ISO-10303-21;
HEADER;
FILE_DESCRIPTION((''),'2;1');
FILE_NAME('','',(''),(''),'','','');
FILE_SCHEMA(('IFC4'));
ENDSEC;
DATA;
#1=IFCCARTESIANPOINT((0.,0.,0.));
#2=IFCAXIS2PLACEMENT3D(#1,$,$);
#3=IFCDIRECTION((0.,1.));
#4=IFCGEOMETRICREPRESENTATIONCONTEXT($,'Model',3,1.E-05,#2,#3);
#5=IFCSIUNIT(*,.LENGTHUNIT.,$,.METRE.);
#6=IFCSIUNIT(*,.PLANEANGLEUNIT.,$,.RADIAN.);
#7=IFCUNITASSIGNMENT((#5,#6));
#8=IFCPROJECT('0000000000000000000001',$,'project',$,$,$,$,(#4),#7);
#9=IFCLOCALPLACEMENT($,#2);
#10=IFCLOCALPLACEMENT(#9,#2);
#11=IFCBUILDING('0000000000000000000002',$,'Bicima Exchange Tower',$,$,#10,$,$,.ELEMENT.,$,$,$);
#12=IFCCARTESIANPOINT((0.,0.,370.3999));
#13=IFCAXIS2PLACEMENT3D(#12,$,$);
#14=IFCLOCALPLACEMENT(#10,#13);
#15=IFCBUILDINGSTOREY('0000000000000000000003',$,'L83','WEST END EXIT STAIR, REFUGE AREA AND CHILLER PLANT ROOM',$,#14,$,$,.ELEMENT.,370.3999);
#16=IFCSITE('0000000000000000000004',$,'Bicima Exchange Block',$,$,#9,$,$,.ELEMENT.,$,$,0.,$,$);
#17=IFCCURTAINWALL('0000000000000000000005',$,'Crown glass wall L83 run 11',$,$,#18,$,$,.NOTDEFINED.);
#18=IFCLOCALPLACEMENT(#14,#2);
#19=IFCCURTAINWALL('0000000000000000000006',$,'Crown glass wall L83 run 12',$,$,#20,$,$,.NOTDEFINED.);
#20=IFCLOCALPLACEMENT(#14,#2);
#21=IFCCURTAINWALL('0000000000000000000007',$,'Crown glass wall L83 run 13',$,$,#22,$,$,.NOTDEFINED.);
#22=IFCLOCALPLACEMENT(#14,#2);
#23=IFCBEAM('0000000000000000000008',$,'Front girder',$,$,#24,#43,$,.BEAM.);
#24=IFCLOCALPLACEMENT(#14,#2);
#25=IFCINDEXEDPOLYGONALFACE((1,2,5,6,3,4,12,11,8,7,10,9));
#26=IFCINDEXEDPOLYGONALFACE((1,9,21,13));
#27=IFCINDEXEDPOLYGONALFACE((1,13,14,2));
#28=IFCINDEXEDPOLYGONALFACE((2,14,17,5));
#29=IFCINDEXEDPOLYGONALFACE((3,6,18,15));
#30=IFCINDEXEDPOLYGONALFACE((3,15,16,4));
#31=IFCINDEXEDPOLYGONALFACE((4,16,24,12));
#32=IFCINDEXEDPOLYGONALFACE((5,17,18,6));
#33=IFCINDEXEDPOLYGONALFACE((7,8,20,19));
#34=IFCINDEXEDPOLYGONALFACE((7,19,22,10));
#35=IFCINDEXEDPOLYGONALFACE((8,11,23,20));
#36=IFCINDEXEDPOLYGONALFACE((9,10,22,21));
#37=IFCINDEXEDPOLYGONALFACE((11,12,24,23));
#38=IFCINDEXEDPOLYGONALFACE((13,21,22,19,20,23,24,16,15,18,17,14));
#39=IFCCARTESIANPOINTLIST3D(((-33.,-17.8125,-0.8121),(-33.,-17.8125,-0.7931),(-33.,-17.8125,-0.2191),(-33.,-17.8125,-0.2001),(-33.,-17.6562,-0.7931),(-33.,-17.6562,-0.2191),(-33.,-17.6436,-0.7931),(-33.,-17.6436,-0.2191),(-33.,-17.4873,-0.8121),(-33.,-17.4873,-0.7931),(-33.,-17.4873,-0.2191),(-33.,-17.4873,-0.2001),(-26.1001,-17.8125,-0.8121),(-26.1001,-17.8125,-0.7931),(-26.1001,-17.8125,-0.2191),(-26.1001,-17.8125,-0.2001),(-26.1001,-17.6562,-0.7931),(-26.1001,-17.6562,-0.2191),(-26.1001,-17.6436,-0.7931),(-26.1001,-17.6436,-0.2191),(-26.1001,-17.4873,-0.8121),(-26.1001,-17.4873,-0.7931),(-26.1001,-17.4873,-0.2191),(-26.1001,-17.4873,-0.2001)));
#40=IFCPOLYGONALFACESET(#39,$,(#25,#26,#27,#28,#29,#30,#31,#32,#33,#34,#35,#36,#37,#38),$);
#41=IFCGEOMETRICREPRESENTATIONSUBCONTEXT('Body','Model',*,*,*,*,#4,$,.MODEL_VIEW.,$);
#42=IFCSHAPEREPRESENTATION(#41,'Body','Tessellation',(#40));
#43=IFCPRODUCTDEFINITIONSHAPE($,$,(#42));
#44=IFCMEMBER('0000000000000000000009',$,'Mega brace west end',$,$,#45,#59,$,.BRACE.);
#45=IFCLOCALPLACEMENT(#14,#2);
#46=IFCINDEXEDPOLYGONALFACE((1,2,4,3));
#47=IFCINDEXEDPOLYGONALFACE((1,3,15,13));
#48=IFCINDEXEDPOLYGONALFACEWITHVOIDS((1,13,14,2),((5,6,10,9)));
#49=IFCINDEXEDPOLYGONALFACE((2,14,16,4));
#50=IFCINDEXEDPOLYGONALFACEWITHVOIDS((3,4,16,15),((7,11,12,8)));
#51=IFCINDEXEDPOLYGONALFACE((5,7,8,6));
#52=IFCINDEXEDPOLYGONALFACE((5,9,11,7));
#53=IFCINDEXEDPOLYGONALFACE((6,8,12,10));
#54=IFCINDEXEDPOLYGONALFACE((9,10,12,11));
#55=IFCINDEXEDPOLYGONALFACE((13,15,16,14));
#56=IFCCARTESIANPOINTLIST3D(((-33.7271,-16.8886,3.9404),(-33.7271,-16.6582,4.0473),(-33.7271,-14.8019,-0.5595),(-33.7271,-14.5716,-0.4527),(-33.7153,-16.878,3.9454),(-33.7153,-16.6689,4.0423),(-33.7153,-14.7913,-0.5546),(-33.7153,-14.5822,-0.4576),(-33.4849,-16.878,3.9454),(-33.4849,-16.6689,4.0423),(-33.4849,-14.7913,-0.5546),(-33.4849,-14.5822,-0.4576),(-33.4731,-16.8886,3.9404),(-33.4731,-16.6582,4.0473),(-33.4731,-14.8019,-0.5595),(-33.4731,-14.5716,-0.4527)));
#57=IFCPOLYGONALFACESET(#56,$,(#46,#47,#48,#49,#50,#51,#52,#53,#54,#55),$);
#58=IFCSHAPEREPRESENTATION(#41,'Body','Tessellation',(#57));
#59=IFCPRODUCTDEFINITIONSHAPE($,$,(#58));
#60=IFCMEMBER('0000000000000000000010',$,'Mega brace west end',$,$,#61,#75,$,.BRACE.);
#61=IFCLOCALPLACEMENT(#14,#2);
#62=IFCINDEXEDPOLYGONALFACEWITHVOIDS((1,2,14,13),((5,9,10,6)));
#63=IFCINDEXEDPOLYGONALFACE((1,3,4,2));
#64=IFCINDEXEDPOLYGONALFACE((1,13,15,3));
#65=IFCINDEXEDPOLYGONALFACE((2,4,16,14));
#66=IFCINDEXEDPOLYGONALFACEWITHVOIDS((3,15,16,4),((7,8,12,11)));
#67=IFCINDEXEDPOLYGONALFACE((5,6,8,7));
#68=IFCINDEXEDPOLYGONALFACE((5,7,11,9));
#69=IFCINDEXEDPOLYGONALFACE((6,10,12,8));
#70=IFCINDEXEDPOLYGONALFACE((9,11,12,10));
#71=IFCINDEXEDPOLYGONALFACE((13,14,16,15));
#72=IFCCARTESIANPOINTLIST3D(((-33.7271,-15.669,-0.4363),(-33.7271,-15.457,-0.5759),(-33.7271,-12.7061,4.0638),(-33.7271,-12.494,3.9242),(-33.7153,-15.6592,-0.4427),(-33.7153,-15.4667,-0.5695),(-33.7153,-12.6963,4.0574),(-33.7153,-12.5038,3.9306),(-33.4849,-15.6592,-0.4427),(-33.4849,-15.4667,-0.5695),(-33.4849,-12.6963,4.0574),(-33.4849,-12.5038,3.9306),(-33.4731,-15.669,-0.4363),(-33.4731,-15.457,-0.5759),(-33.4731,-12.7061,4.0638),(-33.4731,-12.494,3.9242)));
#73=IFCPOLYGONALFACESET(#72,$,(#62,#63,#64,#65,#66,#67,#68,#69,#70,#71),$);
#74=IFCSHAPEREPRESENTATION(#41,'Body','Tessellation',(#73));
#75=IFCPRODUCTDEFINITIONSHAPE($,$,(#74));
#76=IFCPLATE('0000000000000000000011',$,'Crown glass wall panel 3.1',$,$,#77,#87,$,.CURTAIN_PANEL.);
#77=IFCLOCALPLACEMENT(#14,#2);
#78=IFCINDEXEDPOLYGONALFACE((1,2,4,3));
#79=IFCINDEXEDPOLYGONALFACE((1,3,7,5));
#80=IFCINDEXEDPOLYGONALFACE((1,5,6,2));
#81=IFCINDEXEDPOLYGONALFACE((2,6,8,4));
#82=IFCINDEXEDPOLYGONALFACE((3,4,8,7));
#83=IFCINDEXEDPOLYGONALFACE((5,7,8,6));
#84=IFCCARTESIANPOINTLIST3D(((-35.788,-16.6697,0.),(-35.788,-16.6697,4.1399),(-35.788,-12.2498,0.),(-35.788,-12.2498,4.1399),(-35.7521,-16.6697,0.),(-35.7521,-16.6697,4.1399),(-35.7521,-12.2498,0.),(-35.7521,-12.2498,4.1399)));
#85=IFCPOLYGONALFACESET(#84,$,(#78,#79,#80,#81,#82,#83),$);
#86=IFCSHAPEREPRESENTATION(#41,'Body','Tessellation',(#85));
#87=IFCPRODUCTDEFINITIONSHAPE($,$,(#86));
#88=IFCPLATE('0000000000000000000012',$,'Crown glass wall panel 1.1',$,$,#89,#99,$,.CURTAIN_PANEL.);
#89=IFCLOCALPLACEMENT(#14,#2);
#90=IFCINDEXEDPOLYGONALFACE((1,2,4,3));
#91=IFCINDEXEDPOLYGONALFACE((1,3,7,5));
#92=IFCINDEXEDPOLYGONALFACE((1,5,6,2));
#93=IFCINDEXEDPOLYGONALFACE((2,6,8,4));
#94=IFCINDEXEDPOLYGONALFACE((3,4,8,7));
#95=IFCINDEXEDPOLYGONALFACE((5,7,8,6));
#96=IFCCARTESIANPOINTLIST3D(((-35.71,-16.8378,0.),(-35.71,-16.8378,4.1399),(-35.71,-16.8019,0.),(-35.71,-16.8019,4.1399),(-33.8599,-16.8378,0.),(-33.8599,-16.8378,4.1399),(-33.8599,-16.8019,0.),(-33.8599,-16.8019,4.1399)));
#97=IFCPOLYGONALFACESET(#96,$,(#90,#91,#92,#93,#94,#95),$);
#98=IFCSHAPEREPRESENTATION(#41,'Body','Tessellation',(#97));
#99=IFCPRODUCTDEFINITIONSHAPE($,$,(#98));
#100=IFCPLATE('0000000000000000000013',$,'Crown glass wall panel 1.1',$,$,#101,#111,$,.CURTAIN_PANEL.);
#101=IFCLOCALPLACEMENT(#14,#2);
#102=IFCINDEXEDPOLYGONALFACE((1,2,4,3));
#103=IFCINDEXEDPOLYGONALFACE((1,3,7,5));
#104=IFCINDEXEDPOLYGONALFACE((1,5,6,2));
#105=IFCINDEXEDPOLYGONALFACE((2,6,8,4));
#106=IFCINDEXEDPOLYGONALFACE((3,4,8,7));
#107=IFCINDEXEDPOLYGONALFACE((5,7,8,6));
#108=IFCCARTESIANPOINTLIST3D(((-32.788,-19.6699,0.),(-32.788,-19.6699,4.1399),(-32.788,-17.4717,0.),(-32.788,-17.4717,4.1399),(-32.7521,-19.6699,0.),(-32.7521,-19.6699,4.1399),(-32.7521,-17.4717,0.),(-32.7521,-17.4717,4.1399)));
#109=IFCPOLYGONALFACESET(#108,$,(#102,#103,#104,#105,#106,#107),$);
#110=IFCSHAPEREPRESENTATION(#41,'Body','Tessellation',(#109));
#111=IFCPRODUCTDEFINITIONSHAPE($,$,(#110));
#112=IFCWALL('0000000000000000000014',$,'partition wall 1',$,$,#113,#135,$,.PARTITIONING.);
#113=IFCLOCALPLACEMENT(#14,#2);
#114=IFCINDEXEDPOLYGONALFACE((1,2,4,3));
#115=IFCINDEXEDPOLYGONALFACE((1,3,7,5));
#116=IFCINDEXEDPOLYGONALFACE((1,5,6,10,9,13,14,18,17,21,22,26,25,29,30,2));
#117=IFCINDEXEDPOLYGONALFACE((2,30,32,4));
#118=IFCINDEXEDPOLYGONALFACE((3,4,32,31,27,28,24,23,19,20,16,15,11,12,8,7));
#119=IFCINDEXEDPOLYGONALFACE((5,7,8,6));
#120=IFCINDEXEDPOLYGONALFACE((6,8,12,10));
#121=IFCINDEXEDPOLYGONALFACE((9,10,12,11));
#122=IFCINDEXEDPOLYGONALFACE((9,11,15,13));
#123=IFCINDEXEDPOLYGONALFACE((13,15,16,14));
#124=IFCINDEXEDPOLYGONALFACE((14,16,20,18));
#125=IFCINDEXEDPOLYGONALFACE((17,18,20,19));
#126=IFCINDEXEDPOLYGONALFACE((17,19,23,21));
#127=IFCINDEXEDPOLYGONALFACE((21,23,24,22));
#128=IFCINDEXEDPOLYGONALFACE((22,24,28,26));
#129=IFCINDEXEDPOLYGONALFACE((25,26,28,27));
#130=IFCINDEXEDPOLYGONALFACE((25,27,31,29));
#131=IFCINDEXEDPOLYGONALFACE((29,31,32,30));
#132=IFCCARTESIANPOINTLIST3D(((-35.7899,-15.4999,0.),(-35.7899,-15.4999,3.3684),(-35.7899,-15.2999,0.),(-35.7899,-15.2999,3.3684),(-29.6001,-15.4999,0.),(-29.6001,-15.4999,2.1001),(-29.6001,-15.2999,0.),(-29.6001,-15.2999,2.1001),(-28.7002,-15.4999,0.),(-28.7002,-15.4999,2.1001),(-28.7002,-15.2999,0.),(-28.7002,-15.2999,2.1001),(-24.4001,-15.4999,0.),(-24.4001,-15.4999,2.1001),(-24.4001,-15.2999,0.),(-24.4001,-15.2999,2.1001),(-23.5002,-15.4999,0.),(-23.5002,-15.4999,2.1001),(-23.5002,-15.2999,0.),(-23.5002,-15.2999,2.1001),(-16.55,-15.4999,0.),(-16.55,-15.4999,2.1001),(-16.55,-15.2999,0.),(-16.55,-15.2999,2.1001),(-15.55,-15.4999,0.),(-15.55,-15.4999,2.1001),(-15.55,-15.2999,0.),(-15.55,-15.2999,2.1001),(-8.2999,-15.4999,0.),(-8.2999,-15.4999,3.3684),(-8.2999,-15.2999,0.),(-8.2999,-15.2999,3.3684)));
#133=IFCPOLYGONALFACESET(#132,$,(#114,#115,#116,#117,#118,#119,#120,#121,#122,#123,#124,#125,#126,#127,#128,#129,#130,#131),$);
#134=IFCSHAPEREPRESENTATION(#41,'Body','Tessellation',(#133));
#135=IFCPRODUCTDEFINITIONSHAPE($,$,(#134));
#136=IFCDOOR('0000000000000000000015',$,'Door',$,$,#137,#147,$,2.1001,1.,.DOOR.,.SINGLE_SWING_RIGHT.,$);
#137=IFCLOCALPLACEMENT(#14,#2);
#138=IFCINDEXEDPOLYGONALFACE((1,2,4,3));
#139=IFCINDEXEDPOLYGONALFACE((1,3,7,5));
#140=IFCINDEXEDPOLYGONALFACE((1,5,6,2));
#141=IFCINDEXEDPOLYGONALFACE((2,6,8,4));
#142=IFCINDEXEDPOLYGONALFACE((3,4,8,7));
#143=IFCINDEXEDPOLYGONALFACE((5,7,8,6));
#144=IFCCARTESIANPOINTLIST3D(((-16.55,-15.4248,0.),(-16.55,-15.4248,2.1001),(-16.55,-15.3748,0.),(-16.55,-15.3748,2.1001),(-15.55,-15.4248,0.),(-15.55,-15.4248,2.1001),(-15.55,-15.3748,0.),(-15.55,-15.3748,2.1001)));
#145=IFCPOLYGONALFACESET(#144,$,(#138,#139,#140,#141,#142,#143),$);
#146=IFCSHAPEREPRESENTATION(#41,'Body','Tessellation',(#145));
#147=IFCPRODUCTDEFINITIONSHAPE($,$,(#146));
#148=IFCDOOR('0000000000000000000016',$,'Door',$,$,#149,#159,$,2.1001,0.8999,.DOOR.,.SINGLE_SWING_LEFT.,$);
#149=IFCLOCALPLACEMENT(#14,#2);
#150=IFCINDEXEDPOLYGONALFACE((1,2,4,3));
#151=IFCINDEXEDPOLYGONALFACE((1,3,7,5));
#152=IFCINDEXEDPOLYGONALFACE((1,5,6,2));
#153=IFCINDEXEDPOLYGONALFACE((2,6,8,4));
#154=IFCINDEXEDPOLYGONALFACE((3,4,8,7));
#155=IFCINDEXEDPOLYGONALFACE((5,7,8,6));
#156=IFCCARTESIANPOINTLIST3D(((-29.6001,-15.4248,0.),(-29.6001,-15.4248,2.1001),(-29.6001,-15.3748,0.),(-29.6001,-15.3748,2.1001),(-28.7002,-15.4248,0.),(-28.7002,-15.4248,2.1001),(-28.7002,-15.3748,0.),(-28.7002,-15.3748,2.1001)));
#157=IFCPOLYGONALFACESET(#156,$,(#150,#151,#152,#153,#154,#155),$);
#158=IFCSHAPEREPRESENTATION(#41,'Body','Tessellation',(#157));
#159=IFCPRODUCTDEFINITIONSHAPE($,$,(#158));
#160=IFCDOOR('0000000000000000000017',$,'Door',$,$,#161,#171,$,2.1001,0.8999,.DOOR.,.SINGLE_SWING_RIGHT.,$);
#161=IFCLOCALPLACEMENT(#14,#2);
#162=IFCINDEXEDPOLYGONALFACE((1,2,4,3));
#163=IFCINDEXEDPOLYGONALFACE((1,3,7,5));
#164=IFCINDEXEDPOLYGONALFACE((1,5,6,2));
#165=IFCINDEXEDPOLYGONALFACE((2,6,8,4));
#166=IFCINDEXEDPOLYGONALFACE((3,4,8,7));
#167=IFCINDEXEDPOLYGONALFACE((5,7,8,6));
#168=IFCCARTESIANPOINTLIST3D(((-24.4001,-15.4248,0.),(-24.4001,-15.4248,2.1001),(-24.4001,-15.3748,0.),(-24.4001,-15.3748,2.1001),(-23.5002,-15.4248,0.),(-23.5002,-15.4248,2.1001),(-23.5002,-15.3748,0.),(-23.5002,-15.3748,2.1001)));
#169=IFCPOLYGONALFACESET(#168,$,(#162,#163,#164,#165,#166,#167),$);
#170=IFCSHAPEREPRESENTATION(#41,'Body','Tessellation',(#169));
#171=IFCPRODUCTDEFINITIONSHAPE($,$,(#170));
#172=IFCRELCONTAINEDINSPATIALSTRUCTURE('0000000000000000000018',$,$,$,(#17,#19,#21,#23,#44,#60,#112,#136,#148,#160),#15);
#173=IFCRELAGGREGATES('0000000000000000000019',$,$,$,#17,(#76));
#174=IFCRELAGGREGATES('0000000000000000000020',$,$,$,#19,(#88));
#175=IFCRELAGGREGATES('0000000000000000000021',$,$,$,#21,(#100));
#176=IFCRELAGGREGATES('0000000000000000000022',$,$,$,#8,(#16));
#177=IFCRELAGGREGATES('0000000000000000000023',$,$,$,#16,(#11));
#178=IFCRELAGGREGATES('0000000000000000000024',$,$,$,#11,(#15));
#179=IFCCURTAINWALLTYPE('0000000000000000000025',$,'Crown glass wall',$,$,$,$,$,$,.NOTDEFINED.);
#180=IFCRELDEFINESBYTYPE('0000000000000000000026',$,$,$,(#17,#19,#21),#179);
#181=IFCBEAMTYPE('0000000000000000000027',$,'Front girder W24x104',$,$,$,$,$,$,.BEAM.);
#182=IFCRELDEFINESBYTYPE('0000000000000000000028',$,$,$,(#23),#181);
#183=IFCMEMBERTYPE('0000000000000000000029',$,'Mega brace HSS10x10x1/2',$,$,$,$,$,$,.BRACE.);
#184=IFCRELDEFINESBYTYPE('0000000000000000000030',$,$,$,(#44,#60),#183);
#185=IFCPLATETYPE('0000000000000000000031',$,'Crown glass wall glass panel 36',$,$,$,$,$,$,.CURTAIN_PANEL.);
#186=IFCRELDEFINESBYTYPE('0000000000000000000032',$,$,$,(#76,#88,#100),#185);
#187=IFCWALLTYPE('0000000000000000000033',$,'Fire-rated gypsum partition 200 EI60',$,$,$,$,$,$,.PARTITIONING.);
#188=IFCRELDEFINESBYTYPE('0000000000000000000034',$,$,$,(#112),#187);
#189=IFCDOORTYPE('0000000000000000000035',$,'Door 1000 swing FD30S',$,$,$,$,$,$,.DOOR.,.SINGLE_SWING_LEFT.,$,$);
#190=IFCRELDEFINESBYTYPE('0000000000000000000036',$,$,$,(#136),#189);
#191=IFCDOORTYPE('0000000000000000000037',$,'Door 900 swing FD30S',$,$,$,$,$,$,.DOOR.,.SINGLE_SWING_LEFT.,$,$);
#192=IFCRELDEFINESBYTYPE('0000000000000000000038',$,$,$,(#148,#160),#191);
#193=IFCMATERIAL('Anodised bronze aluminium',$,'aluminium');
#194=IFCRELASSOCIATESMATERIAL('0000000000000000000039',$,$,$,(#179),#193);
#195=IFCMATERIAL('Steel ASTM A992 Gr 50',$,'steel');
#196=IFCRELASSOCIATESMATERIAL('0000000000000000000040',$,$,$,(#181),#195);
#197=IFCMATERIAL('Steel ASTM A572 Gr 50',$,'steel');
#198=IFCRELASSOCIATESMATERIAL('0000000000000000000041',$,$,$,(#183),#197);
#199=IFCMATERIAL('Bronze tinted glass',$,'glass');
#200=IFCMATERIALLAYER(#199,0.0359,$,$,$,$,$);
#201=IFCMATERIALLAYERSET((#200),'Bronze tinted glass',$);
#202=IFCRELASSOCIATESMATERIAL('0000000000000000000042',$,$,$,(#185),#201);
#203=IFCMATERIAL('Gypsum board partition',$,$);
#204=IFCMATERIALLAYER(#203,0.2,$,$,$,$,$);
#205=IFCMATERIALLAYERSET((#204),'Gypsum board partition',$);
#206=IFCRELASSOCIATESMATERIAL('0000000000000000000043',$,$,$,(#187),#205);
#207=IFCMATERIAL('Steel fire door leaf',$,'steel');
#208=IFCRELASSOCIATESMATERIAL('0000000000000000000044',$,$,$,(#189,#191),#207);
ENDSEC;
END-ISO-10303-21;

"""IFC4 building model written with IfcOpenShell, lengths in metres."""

from ifc_helpers import new_model, si_unit, direction, frame, frame_2d, origin, origin_2d, place, context, subcontext, project, spatial, rectangle, hollow_rectangle, i_section, extrude, material, layer, layer_set, material_profile, profile_set, type_object, element, fill, aggregate, save


model = new_model("IFC4")

# Units and contexts
model_context = context("Model", 3, precision=1e-05, world=origin(), true_north=direction((0.0, 1.0)))
body_context = subcontext(model_context, "Body", "Model", "MODEL_VIEW")
ifc_project = project(units=[si_unit("LENGTHUNIT", "METRE"), si_unit("PLANEANGLEUNIT", "RADIAN")], contexts=[model_context])

# Site, building, storey
site_placement = place(None, origin())
site = spatial("IfcSite", under=ifc_project, at=site_placement, Name="Bicima Exchange Block", CompositionType="ELEMENT", RefElevation=0.0)
building_placement = place(site_placement, origin())
building = spatial("IfcBuilding", under=site, at=building_placement, Name="Bicima Exchange Tower", CompositionType="ELEMENT")
storey_placement = place(building_placement, frame((0.0, 0.0, 370.3999)))
storey = spatial("IfcBuildingStorey", under=building, at=storey_placement, Name="L83", Description="WEST END EXIT STAIR, REFUGE AREA AND CHILLER PLANT ROOM", CompositionType="ELEMENT", Elevation=370.3999)

# Shared definitions
ifc_material_1 = material(Name="Steel ASTM A572 Gr 50", Category="steel")
ifc_material_2 = material(Name="Steel ASTM A992 Gr 50", Category="steel")

# Curtain walls
ifc_material_3 = material(Name="Anodised bronze aluminium", Category="aluminium")
curtain_wall_type = type_object("IfcCurtainWallType", Name="Crown glass wall", PredefinedType="NOTDEFINED", material=ifc_material_3)
curtain_wall_1_placement = place(storey_placement, origin())
curtain_wall_1 = element("IfcCurtainWall", 1, at=curtain_wall_1_placement, inside=storey, type_object=curtain_wall_type, Name="Crown glass wall L83 run 11", PredefinedType="NOTDEFINED")
curtain_wall_2_placement = place(storey_placement, origin())
curtain_wall_2 = element("IfcCurtainWall", 2, at=curtain_wall_2_placement, inside=storey, type_object=curtain_wall_type, Name="Crown glass wall L83 run 12", PredefinedType="NOTDEFINED")
curtain_wall_3_placement = place(storey_placement, origin())
curtain_wall_3 = element("IfcCurtainWall", 3, at=curtain_wall_3_placement, inside=storey, type_object=curtain_wall_type, Name="Crown glass wall L83 run 13", PredefinedType="NOTDEFINED")

# Beam
ifc_material_profile_1 = material_profile(ifc_material_2, i_section(OverallWidth=0.3252, OverallDepth=0.6121, WebThickness=0.0127, FlangeThickness=0.019, at=origin_2d()))
ifc_profile_set_1 = profile_set([ifc_material_profile_1], Name="Steel ASTM A992 Gr 50")
beam_type_1 = type_object("IfcBeamType", Name="Front girder W24x104", PredefinedType="BEAM", material=ifc_profile_set_1)
beam_1_placement = place(storey_placement, frame((-33.0, -17.6499, -0.5061), z_axis=(1.0, 0.0, 0.0), x_axis=(0.0, 1.0, 0.0)))
element("IfcBeam", 4, at=beam_1_placement, inside=storey, type_object=beam_type_1, Name="Front girder", PredefinedType="BEAM", context=body_context, shape_type="SweptSolid", body=[
    extrude(i_section(OverallWidth=0.3252, OverallDepth=0.6121, WebThickness=0.0127, FlangeThickness=0.019, at=origin_2d()), origin(), (0.0, 0.0, 1.0), 6.8999),
])

# Members
ifc_material_profile_2 = material_profile(ifc_material_1, hollow_rectangle(XDim=0.2539, YDim=0.2539, WallThickness=0.0117, at=origin_2d()))
ifc_profile_set_2 = profile_set([ifc_material_profile_2], Name="Steel ASTM A572 Gr 50")
member_type_1 = type_object("IfcMemberType", Name="Mega brace HSS10x10x1/2", PredefinedType="BRACE", material=ifc_profile_set_2)
member_1_placement = place(storey_placement, frame((-33.6001, -14.6868, -0.5061), z_axis=(0.0, -0.420677, 0.90721), x_axis=(1.0, 0.0, 0.0)))
element("IfcMember", 5, at=member_1_placement, inside=storey, type_object=member_type_1, Name="Mega brace west end", PredefinedType="BRACE", context=body_context, shape_type="SweptSolid", body=[
    extrude(hollow_rectangle(XDim=0.2539, YDim=0.2539, WallThickness=0.0117, at=origin_2d()), origin(), (0.0, 0.0, 1.0), 4.9602),
])
member_2_placement = place(storey_placement, frame((-33.6001, -15.563, -0.5061), z_axis=(0.0, 0.549923, 0.835216), x_axis=(-1.0, 0.0, 0.0)))
element("IfcMember", 6, at=member_2_placement, inside=storey, type_object=member_type_1, Name="Mega brace west end", PredefinedType="BRACE", context=body_context, shape_type="SweptSolid", body=[
    extrude(hollow_rectangle(XDim=0.2539, YDim=0.2539, WallThickness=0.0117, at=origin_2d()), origin(), (0.0, 0.0, 1.0), 5.3879),
])

# Plates
ifc_material_4 = material(Name="Bronze tinted glass", Category="glass")
ifc_layer_1 = layer(ifc_material_4, 0.0359)
ifc_layer_set_1 = layer_set([ifc_layer_1], Name="Bronze tinted glass")
plate_type = type_object("IfcPlateType", Name="Crown glass wall glass panel 36", PredefinedType="CURTAIN_PANEL", material=ifc_layer_set_1)
plate_1_placement = place(storey_placement, frame((-35.77, -14.4597, 0.0), z_axis=(0.0, 0.0, 1.0), x_axis=(0.0, -1.0, 0.0)))
plate_1 = element("IfcPlate", 7, at=plate_1_placement, type_object=plate_type, Name="Crown glass wall panel 3.1", PredefinedType="CURTAIN_PANEL", context=body_context, shape_type="SweptSolid", body=[
    extrude(rectangle(XDim=4.4199, YDim=0.0359, at=origin_2d()), origin(), (0.0, 0.0, 1.0), 4.1399),
])
aggregate(curtain_wall_1, [plate_1])
plate_2_placement = place(storey_placement, frame((-34.7849, -16.8198, 0.0), z_axis=(0.0, 0.0, 1.0), x_axis=(1.0, 0.0, 0.0)))
plate_2 = element("IfcPlate", 8, at=plate_2_placement, type_object=plate_type, Name="Crown glass wall panel 1.1", PredefinedType="CURTAIN_PANEL", context=body_context, shape_type="SweptSolid", body=[
    extrude(rectangle(XDim=1.8501, YDim=0.0359, at=origin_2d()), origin(), (0.0, 0.0, 1.0), 4.1399),
])
aggregate(curtain_wall_2, [plate_2])
plate_3_placement = place(storey_placement, frame((-32.77, -18.5708, 0.0), z_axis=(0.0, 0.0, 1.0), x_axis=(0.0, -1.0, 0.0)))
plate_3 = element("IfcPlate", 9, at=plate_3_placement, type_object=plate_type, Name="Crown glass wall panel 1.1", PredefinedType="CURTAIN_PANEL", context=body_context, shape_type="SweptSolid", body=[
    extrude(rectangle(XDim=2.1982, YDim=0.0359, at=origin_2d()), origin(), (0.0, 0.0, 1.0), 4.1399),
])
aggregate(curtain_wall_3, [plate_3])

# Wall, openings, doors
ifc_material_5 = material(Name="Gypsum board partition")
ifc_layer_2 = layer(ifc_material_5, 0.2)
ifc_layer_set_2 = layer_set([ifc_layer_2], Name="Gypsum board partition")
wall_type = type_object("IfcWallType", Name="Fire-rated gypsum partition 200 EI60", PredefinedType="PARTITIONING", material=ifc_layer_set_2)
wall_placement = place(storey_placement, frame((-35.79, -15.3999, 0.0), z_axis=(0.0, 0.0, 1.0), x_axis=(1.0, 0.0, 0.0)))
wall = element("IfcWall", 10, at=wall_placement, inside=storey, type_object=wall_type, Name="partition wall 1", PredefinedType="PARTITIONING", context=body_context, shape_type="SweptSolid", body=[
    extrude(rectangle(XDim=27.49, YDim=0.2, at=frame_2d((13.7451, 0.0))), origin(), (0.0, 0.0, 1.0), 3.3684),
])
opening_1_placement = place(wall_placement, frame((6.1899, 0.0, 0.0)))
opening_1 = element("IfcOpeningElement", 11, at=opening_1_placement, cuts=wall, PredefinedType="OPENING", context=body_context, shape_type="SweptSolid", body=[
    extrude(rectangle(XDim=0.8999, YDim=2.1001, at=frame_2d((0.45, 1.05))), frame((0.0, 0.1118, 0.0), z_axis=(0.0, -1.0, 0.0), x_axis=(1.0, 0.0, 0.0)), (0.0, 0.0, 1.0), 0.2239),
])
opening_2_placement = place(wall_placement, frame((11.3899, 0.0, 0.0)))
opening_2 = element("IfcOpeningElement", 12, at=opening_2_placement, cuts=wall, PredefinedType="OPENING", context=body_context, shape_type="SweptSolid", body=[
    extrude(rectangle(XDim=0.8999, YDim=2.1001, at=frame_2d((0.45, 1.05))), frame((0.0, 0.1118, 0.0), z_axis=(0.0, -1.0, 0.0), x_axis=(1.0, 0.0, 0.0)), (0.0, 0.0, 1.0), 0.2239),
])
opening_3_placement = place(wall_placement, frame((19.24, 0.0, 0.0)))
opening_3 = element("IfcOpeningElement", 13, at=opening_3_placement, cuts=wall, PredefinedType="OPENING", context=body_context, shape_type="SweptSolid", body=[
    extrude(rectangle(XDim=1.0, YDim=2.1001, at=frame_2d((0.5, 1.05))), frame((0.0, 0.1118, 0.0), z_axis=(0.0, -1.0, 0.0), x_axis=(1.0, 0.0, 0.0)), (0.0, 0.0, 1.0), 0.2239),
])
ifc_material_6 = material(Name="Steel fire door leaf", Category="steel")
door_type_1 = type_object("IfcDoorType", Name="Door 1000 swing FD30S", OperationType="SINGLE_SWING_LEFT", PredefinedType="DOOR", material=ifc_material_6)
door_1_placement = place(opening_3_placement, frame((1.0, 0.0, 0.0), z_axis=(0.0, 0.0, 1.0), x_axis=(-1.0, 0.0, 0.0)))
door_1 = element("IfcDoor", 14, at=door_1_placement, inside=storey, type_object=door_type_1, Name="Door", OperationType="SINGLE_SWING_RIGHT", OverallHeight=2.1001, OverallWidth=1.0, PredefinedType="DOOR", context=body_context, shape_type="SweptSolid", body=[
    extrude(rectangle(XDim=1.0, YDim=2.1001, at=frame_2d((0.5, 1.05))), frame((0.0, 0.0249, 0.0), z_axis=(0.0, -1.0, 0.0), x_axis=(1.0, 0.0, 0.0)), (0.0, 0.0, 1.0), 0.05),
])
fill(opening_3, door_1)
door_type_2 = type_object("IfcDoorType", Name="Door 900 swing FD30S", OperationType="SINGLE_SWING_LEFT", PredefinedType="DOOR", material=ifc_material_6)
door_2_placement = place(opening_1_placement, frame((0.8999, 0.0, 0.0), z_axis=(0.0, 0.0, 1.0), x_axis=(-1.0, 0.0, 0.0)))
door_2 = element("IfcDoor", 15, at=door_2_placement, inside=storey, type_object=door_type_2, Name="Door", OperationType="SINGLE_SWING_LEFT", OverallHeight=2.1001, OverallWidth=0.8999, PredefinedType="DOOR", context=body_context, shape_type="SweptSolid", body=[
    extrude(rectangle(XDim=0.8999, YDim=2.1001, at=frame_2d((0.45, 1.05))), frame((0.0, 0.0249, 0.0), z_axis=(0.0, -1.0, 0.0), x_axis=(1.0, 0.0, 0.0)), (0.0, 0.0, 1.0), 0.05),
])
fill(opening_1, door_2)
door_3_placement = place(opening_2_placement, frame((0.8999, 0.0, 0.0), z_axis=(0.0, 0.0, 1.0), x_axis=(-1.0, 0.0, 0.0)))
door_3 = element("IfcDoor", 16, at=door_3_placement, inside=storey, type_object=door_type_2, Name="Door", OperationType="SINGLE_SWING_RIGHT", OverallHeight=2.1001, OverallWidth=0.8999, PredefinedType="DOOR", context=body_context, shape_type="SweptSolid", body=[
    extrude(rectangle(XDim=0.8999, YDim=2.1001, at=frame_2d((0.45, 1.05))), frame((0.0, 0.0249, 0.0), z_axis=(0.0, -1.0, 0.0), x_axis=(1.0, 0.0, 0.0)), (0.0, 0.0, 1.0), 0.05),
])
fill(opening_2, door_3)

save(model, "model.ifc")
